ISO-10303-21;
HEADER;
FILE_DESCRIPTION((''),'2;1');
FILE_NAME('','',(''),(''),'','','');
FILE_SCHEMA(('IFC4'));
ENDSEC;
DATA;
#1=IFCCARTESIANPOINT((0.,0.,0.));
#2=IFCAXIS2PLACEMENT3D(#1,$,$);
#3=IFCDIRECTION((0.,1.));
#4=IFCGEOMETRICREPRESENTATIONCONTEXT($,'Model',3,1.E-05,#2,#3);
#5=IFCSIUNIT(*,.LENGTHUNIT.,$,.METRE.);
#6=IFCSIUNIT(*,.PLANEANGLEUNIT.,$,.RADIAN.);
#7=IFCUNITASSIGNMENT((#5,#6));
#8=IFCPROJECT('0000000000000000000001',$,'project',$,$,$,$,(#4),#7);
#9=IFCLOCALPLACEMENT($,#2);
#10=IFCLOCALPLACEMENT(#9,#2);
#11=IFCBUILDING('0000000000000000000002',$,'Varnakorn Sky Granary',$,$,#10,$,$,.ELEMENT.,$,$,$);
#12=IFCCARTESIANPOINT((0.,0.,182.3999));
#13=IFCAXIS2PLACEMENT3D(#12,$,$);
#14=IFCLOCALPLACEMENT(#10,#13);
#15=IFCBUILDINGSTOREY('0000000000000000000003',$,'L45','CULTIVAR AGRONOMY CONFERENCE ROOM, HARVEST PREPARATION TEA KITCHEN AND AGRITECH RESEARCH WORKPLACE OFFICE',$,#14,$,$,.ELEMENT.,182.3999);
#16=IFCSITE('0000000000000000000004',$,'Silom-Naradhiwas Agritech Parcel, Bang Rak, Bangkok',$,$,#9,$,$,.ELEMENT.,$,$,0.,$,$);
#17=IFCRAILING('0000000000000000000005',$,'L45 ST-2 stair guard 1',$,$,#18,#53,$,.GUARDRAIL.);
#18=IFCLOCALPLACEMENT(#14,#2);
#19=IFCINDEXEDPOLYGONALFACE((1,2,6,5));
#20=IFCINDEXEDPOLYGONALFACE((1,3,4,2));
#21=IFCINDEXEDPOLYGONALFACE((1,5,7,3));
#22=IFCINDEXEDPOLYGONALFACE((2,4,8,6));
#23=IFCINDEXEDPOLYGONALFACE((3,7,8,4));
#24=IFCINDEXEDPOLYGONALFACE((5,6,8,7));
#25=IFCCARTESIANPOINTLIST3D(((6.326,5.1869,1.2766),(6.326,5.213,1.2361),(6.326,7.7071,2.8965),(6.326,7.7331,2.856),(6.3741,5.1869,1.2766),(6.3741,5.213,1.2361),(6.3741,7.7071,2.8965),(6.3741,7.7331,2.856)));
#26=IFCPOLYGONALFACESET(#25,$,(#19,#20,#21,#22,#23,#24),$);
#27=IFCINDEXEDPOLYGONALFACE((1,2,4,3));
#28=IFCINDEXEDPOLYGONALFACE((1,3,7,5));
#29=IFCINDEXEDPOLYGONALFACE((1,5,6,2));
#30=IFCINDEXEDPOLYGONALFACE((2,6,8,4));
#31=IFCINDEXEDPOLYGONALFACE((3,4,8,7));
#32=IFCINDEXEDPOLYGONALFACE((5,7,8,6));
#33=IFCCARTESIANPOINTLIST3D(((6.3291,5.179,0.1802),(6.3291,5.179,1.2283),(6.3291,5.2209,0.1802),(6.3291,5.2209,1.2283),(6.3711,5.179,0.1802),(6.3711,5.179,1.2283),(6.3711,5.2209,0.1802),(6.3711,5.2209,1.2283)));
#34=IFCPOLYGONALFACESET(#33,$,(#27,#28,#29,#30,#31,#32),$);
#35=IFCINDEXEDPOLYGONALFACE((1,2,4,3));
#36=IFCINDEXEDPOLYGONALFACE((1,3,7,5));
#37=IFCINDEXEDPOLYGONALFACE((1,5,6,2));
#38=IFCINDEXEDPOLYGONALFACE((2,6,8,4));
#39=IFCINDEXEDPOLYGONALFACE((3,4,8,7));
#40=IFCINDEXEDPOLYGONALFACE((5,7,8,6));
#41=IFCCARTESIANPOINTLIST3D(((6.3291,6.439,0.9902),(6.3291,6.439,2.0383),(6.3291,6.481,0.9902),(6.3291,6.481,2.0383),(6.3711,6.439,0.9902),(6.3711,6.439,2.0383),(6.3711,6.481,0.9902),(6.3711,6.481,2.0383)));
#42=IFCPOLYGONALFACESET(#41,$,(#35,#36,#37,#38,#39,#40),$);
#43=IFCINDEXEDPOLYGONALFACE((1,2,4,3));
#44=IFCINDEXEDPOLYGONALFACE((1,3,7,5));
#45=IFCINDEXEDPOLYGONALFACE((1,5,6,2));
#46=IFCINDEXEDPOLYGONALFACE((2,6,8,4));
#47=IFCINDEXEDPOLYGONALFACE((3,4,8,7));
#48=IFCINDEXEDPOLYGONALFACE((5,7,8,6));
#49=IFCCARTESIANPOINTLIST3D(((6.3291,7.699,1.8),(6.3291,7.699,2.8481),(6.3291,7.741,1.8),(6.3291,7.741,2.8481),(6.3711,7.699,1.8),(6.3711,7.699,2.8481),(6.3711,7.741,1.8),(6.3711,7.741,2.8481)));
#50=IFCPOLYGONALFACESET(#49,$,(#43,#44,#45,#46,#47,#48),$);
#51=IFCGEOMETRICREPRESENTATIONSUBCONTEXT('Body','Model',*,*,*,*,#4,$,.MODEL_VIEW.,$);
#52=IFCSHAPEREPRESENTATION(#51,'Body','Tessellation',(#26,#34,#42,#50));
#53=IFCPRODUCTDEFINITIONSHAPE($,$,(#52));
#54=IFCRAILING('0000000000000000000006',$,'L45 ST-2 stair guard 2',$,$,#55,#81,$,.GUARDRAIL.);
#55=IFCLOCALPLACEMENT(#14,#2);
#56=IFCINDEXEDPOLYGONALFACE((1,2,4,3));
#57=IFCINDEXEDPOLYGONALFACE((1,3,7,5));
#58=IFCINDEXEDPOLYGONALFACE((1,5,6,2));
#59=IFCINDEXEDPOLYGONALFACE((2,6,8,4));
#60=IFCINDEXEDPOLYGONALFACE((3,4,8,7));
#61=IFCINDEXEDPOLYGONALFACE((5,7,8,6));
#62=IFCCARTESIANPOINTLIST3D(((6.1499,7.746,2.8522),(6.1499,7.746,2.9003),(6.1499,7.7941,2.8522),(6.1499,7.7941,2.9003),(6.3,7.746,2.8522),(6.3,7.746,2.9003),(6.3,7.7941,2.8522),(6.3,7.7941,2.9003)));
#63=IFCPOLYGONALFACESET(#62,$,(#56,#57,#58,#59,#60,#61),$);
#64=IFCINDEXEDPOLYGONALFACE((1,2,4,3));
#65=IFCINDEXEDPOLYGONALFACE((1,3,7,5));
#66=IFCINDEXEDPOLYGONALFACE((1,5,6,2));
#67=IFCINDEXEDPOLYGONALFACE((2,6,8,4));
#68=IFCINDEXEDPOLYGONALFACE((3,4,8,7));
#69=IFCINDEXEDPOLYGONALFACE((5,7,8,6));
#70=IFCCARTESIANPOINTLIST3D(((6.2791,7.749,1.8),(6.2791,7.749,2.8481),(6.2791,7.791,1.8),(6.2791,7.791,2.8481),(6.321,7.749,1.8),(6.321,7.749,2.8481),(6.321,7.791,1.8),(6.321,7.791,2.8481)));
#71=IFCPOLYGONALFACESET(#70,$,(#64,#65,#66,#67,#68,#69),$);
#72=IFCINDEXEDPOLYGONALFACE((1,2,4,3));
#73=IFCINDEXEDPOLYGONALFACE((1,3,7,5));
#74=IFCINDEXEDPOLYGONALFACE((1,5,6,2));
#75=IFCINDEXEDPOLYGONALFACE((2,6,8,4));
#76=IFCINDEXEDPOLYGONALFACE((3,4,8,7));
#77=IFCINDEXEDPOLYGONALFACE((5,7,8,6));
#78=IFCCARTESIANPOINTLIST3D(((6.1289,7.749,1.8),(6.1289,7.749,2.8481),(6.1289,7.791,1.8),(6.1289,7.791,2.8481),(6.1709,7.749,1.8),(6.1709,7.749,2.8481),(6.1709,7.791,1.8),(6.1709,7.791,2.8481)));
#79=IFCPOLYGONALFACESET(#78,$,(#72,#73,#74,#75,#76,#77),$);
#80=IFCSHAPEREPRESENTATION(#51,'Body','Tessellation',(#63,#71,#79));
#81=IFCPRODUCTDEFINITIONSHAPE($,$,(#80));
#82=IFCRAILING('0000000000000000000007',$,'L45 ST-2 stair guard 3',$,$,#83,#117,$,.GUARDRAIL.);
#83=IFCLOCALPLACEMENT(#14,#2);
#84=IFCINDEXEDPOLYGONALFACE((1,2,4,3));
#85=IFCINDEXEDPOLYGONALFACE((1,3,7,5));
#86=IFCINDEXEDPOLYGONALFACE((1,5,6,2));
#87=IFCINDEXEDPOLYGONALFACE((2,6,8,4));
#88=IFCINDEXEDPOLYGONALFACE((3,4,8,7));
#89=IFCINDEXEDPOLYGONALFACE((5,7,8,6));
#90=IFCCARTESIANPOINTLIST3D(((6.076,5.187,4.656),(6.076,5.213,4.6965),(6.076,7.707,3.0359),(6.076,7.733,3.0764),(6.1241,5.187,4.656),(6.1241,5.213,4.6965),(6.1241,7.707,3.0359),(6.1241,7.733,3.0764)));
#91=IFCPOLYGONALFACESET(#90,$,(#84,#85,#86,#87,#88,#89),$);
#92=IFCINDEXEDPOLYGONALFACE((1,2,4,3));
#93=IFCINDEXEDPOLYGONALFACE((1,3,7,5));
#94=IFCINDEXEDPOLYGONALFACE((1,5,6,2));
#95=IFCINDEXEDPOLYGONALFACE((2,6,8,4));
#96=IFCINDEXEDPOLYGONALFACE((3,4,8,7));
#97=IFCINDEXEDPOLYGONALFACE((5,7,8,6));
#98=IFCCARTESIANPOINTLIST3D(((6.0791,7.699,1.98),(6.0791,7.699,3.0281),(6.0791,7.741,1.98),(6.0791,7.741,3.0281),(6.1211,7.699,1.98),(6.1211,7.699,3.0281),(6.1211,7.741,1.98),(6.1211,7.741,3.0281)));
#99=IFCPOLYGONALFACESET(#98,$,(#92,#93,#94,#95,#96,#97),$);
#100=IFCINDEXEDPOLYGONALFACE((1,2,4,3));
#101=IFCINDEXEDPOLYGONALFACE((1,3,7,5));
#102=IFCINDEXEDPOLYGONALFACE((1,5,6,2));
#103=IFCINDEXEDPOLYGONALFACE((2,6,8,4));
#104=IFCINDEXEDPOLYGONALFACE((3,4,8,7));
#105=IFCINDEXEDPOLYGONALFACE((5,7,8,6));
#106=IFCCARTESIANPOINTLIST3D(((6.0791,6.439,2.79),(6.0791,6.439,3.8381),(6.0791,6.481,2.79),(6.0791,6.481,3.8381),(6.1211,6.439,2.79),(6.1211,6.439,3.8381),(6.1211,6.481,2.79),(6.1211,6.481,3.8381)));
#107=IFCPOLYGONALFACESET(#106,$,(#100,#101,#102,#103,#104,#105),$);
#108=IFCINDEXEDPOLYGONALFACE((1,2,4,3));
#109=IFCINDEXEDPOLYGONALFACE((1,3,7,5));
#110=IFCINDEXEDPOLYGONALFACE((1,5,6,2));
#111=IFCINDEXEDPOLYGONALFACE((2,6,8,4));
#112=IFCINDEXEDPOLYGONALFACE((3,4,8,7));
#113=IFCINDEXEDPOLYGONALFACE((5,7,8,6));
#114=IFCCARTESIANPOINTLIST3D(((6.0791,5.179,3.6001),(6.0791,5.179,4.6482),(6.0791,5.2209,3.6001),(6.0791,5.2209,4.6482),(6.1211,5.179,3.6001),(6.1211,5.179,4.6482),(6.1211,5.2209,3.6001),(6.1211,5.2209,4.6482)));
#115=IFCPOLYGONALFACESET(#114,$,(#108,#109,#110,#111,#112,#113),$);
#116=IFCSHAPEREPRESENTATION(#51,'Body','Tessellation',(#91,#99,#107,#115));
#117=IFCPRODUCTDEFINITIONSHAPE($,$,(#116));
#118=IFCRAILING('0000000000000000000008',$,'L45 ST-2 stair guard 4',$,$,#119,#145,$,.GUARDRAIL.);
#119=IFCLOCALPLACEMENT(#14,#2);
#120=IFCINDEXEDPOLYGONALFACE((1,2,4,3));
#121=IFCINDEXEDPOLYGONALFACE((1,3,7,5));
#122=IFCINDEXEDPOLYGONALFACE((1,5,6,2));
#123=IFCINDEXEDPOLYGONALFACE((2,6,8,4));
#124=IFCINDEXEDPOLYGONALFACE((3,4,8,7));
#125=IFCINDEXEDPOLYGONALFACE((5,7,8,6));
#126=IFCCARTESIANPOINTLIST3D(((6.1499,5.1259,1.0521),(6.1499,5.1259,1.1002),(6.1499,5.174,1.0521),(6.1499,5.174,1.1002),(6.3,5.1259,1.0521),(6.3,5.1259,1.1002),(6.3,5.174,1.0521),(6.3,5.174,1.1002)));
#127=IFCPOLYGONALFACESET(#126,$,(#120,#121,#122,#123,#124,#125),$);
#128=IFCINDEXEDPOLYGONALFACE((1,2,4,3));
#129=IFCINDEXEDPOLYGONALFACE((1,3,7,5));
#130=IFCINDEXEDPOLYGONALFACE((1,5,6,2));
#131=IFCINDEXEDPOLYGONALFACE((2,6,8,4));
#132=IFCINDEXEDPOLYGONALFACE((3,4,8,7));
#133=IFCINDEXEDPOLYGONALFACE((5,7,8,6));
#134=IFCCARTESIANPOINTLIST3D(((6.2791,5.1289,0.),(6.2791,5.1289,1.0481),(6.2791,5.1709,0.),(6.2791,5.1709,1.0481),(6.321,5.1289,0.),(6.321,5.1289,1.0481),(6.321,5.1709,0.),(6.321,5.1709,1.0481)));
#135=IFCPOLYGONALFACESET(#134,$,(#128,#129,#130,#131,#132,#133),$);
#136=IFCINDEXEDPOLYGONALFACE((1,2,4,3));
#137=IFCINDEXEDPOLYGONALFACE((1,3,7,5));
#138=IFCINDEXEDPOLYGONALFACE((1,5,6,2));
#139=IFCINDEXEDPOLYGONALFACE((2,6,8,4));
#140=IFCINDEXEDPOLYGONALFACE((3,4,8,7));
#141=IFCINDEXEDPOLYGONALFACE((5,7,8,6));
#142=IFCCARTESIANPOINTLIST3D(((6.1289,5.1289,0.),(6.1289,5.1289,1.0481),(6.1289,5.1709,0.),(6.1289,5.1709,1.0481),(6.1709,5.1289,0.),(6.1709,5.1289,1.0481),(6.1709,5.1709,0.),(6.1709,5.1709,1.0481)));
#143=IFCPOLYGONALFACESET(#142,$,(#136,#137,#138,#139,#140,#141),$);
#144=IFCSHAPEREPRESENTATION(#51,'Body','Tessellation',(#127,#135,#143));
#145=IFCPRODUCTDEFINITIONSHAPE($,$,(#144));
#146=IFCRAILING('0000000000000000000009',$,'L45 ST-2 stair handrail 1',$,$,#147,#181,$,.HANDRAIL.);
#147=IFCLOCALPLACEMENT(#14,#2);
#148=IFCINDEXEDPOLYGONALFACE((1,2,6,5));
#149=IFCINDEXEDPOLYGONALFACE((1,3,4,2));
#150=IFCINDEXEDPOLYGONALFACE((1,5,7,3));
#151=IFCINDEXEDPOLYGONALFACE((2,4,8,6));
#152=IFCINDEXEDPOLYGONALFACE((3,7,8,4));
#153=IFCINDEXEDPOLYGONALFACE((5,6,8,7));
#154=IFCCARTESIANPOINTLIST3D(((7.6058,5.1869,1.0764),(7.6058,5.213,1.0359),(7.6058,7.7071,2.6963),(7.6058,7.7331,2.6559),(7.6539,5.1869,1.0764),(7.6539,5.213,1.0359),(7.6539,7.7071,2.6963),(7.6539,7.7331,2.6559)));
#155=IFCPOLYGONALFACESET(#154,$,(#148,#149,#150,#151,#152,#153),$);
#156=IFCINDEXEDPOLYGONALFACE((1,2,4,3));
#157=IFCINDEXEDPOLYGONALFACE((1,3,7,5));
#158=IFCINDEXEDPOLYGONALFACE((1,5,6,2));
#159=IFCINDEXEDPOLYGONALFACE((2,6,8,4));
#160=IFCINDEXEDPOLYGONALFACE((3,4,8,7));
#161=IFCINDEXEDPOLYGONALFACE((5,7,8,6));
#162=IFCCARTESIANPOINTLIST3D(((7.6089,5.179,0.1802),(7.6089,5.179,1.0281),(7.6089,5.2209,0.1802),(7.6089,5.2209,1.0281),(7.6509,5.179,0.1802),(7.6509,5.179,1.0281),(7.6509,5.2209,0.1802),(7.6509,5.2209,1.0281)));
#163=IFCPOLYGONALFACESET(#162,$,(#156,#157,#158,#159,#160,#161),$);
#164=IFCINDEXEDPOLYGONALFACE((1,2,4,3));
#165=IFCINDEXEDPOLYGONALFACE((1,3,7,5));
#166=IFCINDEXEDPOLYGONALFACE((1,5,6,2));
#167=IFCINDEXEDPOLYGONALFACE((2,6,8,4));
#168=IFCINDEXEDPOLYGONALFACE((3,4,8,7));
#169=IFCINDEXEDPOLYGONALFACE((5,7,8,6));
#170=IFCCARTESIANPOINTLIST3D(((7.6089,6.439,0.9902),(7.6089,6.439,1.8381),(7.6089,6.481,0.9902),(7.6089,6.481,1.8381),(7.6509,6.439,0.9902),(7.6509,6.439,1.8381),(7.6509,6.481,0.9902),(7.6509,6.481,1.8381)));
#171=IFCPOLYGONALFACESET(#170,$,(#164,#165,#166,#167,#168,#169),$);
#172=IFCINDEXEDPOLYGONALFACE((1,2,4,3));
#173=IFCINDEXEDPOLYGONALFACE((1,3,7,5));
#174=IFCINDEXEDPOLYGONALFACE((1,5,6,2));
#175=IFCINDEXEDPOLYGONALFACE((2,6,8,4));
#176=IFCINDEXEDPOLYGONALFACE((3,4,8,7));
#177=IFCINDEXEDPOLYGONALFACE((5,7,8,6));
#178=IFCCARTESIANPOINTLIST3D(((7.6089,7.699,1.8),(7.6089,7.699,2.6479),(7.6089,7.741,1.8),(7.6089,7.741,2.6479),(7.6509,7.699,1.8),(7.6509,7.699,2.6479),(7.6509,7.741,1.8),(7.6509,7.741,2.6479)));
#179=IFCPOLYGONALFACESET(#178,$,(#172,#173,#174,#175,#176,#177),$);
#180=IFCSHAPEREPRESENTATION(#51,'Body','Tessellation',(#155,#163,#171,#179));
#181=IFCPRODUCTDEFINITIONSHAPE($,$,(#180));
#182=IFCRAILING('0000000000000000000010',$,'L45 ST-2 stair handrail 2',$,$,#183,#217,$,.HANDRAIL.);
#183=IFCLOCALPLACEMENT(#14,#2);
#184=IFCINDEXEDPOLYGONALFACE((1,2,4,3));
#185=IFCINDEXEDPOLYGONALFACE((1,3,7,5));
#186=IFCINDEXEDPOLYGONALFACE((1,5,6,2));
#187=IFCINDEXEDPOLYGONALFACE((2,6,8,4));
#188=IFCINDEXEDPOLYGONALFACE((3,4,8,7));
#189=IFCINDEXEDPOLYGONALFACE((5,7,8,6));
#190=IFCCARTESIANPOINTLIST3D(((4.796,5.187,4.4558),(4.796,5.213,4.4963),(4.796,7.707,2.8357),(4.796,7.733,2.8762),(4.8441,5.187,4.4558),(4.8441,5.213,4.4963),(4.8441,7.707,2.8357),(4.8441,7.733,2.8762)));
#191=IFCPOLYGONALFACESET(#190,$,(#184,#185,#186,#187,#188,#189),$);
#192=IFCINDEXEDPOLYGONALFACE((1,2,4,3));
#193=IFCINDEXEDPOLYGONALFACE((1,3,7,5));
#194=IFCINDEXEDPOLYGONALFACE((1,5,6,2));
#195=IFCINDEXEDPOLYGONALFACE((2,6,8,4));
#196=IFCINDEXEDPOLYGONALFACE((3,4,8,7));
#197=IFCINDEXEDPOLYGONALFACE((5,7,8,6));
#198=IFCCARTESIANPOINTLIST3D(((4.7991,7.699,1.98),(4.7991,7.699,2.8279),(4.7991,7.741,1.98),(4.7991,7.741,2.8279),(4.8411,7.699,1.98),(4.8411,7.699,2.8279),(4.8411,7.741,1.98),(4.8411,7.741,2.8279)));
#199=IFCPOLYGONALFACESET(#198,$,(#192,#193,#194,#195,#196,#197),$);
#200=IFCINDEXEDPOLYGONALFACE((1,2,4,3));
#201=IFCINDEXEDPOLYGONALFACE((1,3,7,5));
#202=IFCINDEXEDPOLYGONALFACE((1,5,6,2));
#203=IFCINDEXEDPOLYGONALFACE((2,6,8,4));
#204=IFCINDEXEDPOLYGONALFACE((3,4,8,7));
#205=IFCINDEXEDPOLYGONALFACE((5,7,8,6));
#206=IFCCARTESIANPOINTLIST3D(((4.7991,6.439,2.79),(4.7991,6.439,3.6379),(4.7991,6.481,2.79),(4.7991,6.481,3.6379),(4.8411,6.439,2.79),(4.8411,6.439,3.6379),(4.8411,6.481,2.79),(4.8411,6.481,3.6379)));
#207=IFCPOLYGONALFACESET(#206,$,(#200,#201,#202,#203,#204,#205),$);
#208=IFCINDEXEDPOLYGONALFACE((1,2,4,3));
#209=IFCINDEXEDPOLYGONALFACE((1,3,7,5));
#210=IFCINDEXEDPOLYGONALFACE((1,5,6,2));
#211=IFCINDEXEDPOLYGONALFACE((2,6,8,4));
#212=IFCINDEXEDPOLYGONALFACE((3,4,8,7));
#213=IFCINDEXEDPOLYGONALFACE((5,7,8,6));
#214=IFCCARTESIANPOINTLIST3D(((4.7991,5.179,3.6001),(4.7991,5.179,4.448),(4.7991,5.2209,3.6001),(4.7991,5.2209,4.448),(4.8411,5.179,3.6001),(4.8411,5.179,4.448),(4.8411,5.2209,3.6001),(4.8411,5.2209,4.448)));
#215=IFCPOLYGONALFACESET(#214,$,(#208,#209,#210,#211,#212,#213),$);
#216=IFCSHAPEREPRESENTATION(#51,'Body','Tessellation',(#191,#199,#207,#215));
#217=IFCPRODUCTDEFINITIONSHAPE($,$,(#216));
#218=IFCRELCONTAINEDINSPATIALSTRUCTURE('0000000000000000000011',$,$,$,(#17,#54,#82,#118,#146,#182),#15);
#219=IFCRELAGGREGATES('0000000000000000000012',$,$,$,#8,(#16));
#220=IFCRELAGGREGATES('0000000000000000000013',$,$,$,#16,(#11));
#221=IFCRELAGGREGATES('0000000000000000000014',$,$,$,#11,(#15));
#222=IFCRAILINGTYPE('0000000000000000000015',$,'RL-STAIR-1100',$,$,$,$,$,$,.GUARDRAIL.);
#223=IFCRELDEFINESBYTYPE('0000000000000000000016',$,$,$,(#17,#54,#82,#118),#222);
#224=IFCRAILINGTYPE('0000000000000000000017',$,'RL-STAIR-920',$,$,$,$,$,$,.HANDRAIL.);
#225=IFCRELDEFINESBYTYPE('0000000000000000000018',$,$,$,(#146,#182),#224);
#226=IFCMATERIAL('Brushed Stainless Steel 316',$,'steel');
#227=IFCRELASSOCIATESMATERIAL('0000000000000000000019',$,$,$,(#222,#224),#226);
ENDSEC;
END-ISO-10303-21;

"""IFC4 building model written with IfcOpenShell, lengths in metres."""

from ifc_helpers import new_model, si_unit, direction, frame, origin, origin_2d, place, context, subcontext, project, spatial, rectangle, extrude, material, type_object, element, save


model = new_model("IFC4")

# Units and contexts
model_context = context("Model", 3, precision=1e-05, world=origin(), true_north=direction((0.0, 1.0)))
body_context = subcontext(model_context, "Body", "Model", "MODEL_VIEW")
ifc_project = project(units=[si_unit("LENGTHUNIT", "METRE"), si_unit("PLANEANGLEUNIT", "RADIAN")], contexts=[model_context])

# Site, building, storey
site_placement = place(None, origin())
site = spatial("IfcSite", under=ifc_project, at=site_placement, Name="Silom-Naradhiwas Agritech Parcel, Bang Rak, Bangkok", CompositionType="ELEMENT", RefElevation=0.0)
building_placement = place(site_placement, origin())
building = spatial("IfcBuilding", under=site, at=building_placement, Name="Varnakorn Sky Granary", CompositionType="ELEMENT")
storey_placement = place(building_placement, frame((0.0, 0.0, 182.3999)))
storey = spatial("IfcBuildingStorey", under=building, at=storey_placement, Name="L45", Description="CULTIVAR AGRONOMY CONFERENCE ROOM, HARVEST PREPARATION TEA KITCHEN AND AGRITECH RESEARCH WORKPLACE OFFICE", CompositionType="ELEMENT", Elevation=182.3999)

# Railings
ifc_material_1 = material(Name="Brushed Stainless Steel 316", Category="steel")
railing_type_1 = type_object("IfcRailingType", Name="RL-STAIR-1100", PredefinedType="GUARDRAIL", material=ifc_material_1)
railing_1_placement = place(storey_placement, frame((6.3501, 5.2, 0.1802)))
element("IfcRailing", 1, at=railing_1_placement, inside=storey, type_object=railing_type_1, Name="L45 ST-2 stair guard 1", PredefinedType="GUARDRAIL", context=body_context, shape_type="SweptSolid", body=[
    extrude(rectangle(XDim=0.0481, YDim=0.0481, at=origin_2d()), frame((0.0, 0.0, 1.0762), z_axis=(0.0, 0.8412, 0.540725), x_axis=(-1.0, 0.0, 0.0)), (0.0, 0.0, 1.0), 2.9958),
    extrude(rectangle(XDim=0.042, YDim=0.042, at=origin_2d()), origin(), (0.0, 0.0, 1.0), 1.0481),
    extrude(rectangle(XDim=0.042, YDim=0.042, at=origin_2d()), frame((0.0, 1.26, 0.8101)), (0.0, 0.0, 1.0), 1.0481),
    extrude(rectangle(XDim=0.042, YDim=0.042, at=origin_2d()), frame((0.0, 2.52, 1.6199)), (0.0, 0.0, 1.0), 1.0481),
])
railing_2_placement = place(storey_placement, frame((6.3, 7.77, 1.8)))
element("IfcRailing", 2, at=railing_2_placement, inside=storey, type_object=railing_type_1, Name="L45 ST-2 stair guard 2", PredefinedType="GUARDRAIL", context=body_context, shape_type="SweptSolid", body=[
    extrude(rectangle(XDim=0.0481, YDim=0.0481, at=origin_2d()), frame((0.0, 0.0, 1.0762), z_axis=(-1.0, 0.0, 0.0), x_axis=(0.0, -1.0, 0.0)), (0.0, 0.0, 1.0), 0.1501),
    extrude(rectangle(XDim=0.042, YDim=0.042, at=origin_2d()), origin(), (0.0, 0.0, 1.0), 1.0481),
    extrude(rectangle(XDim=0.042, YDim=0.042, at=origin_2d()), frame((-0.1501, 0.0, 0.0)), (0.0, 0.0, 1.0), 1.0481),
])
railing_3_placement = place(storey_placement, frame((6.1001, 7.72, 1.98)))
element("IfcRailing", 3, at=railing_3_placement, inside=storey, type_object=railing_type_1, Name="L45 ST-2 stair guard 3", PredefinedType="GUARDRAIL", context=body_context, shape_type="SweptSolid", body=[
    extrude(rectangle(XDim=0.0481, YDim=0.0481, at=origin_2d()), frame((0.0, 0.0, 1.0762), z_axis=(0.0, -0.841163, 0.540782), x_axis=(1.0, 0.0, 0.0)), (0.0, 0.0, 1.0), 2.9958),
    extrude(rectangle(XDim=0.042, YDim=0.042, at=origin_2d()), origin(), (0.0, 0.0, 1.0), 1.0481),
    extrude(rectangle(XDim=0.042, YDim=0.042, at=origin_2d()), frame((0.0, -1.26, 0.8101)), (0.0, 0.0, 1.0), 1.0481),
    extrude(rectangle(XDim=0.042, YDim=0.042, at=origin_2d()), frame((0.0, -2.52, 1.6201)), (0.0, 0.0, 1.0), 1.0481),
])
railing_4_placement = place(storey_placement, frame((6.3, 5.1499, 0.0)))
element("IfcRailing", 4, at=railing_4_placement, inside=storey, type_object=railing_type_1, Name="L45 ST-2 stair guard 4", PredefinedType="GUARDRAIL", context=body_context, shape_type="SweptSolid", body=[
    extrude(rectangle(XDim=0.0481, YDim=0.0481, at=origin_2d()), frame((0.0, 0.0, 1.0762), z_axis=(-1.0, 0.0, 0.0), x_axis=(0.0, -1.0, 0.0)), (0.0, 0.0, 1.0), 0.1501),
    extrude(rectangle(XDim=0.042, YDim=0.042, at=origin_2d()), origin(), (0.0, 0.0, 1.0), 1.0481),
    extrude(rectangle(XDim=0.042, YDim=0.042, at=origin_2d()), frame((-0.1501, 0.0, 0.0)), (0.0, 0.0, 1.0), 1.0481),
])
railing_type_2 = type_object("IfcRailingType", Name="RL-STAIR-920", PredefinedType="HANDRAIL", material=ifc_material_1)
railing_5_placement = place(storey_placement, frame((7.6299, 5.2, 0.1802)))
element("IfcRailing", 5, at=railing_5_placement, inside=storey, type_object=railing_type_2, Name="L45 ST-2 stair handrail 1", PredefinedType="HANDRAIL", context=body_context, shape_type="SweptSolid", body=[
    extrude(rectangle(XDim=0.0481, YDim=0.0481, at=origin_2d()), frame((0.0, 0.0, 0.876), z_axis=(0.0, 0.8412, 0.540725), x_axis=(-1.0, 0.0, 0.0)), (0.0, 0.0, 1.0), 2.9958),
    extrude(rectangle(XDim=0.042, YDim=0.042, at=origin_2d()), origin(), (0.0, 0.0, 1.0), 0.8479),
    extrude(rectangle(XDim=0.042, YDim=0.042, at=origin_2d()), frame((0.0, 1.26, 0.8101)), (0.0, 0.0, 1.0), 0.8479),
    extrude(rectangle(XDim=0.042, YDim=0.042, at=origin_2d()), frame((0.0, 2.52, 1.6199)), (0.0, 0.0, 1.0), 0.8479),
])
railing_6_placement = place(storey_placement, frame((4.8201, 7.72, 1.98)))
element("IfcRailing", 6, at=railing_6_placement, inside=storey, type_object=railing_type_2, Name="L45 ST-2 stair handrail 2", PredefinedType="HANDRAIL", context=body_context, shape_type="SweptSolid", body=[
    extrude(rectangle(XDim=0.0481, YDim=0.0481, at=origin_2d()), frame((0.0, 0.0, 0.876), z_axis=(0.0, -0.841163, 0.540782), x_axis=(1.0, 0.0, 0.0)), (0.0, 0.0, 1.0), 2.9958),
    extrude(rectangle(XDim=0.042, YDim=0.042, at=origin_2d()), origin(), (0.0, 0.0, 1.0), 0.8479),
    extrude(rectangle(XDim=0.042, YDim=0.042, at=origin_2d()), frame((0.0, -1.26, 0.8101)), (0.0, 0.0, 1.0), 0.8479),
    extrude(rectangle(XDim=0.042, YDim=0.042, at=origin_2d()), frame((0.0, -2.52, 1.6201)), (0.0, 0.0, 1.0), 0.8479),
])

save(model, "model.ifc")
